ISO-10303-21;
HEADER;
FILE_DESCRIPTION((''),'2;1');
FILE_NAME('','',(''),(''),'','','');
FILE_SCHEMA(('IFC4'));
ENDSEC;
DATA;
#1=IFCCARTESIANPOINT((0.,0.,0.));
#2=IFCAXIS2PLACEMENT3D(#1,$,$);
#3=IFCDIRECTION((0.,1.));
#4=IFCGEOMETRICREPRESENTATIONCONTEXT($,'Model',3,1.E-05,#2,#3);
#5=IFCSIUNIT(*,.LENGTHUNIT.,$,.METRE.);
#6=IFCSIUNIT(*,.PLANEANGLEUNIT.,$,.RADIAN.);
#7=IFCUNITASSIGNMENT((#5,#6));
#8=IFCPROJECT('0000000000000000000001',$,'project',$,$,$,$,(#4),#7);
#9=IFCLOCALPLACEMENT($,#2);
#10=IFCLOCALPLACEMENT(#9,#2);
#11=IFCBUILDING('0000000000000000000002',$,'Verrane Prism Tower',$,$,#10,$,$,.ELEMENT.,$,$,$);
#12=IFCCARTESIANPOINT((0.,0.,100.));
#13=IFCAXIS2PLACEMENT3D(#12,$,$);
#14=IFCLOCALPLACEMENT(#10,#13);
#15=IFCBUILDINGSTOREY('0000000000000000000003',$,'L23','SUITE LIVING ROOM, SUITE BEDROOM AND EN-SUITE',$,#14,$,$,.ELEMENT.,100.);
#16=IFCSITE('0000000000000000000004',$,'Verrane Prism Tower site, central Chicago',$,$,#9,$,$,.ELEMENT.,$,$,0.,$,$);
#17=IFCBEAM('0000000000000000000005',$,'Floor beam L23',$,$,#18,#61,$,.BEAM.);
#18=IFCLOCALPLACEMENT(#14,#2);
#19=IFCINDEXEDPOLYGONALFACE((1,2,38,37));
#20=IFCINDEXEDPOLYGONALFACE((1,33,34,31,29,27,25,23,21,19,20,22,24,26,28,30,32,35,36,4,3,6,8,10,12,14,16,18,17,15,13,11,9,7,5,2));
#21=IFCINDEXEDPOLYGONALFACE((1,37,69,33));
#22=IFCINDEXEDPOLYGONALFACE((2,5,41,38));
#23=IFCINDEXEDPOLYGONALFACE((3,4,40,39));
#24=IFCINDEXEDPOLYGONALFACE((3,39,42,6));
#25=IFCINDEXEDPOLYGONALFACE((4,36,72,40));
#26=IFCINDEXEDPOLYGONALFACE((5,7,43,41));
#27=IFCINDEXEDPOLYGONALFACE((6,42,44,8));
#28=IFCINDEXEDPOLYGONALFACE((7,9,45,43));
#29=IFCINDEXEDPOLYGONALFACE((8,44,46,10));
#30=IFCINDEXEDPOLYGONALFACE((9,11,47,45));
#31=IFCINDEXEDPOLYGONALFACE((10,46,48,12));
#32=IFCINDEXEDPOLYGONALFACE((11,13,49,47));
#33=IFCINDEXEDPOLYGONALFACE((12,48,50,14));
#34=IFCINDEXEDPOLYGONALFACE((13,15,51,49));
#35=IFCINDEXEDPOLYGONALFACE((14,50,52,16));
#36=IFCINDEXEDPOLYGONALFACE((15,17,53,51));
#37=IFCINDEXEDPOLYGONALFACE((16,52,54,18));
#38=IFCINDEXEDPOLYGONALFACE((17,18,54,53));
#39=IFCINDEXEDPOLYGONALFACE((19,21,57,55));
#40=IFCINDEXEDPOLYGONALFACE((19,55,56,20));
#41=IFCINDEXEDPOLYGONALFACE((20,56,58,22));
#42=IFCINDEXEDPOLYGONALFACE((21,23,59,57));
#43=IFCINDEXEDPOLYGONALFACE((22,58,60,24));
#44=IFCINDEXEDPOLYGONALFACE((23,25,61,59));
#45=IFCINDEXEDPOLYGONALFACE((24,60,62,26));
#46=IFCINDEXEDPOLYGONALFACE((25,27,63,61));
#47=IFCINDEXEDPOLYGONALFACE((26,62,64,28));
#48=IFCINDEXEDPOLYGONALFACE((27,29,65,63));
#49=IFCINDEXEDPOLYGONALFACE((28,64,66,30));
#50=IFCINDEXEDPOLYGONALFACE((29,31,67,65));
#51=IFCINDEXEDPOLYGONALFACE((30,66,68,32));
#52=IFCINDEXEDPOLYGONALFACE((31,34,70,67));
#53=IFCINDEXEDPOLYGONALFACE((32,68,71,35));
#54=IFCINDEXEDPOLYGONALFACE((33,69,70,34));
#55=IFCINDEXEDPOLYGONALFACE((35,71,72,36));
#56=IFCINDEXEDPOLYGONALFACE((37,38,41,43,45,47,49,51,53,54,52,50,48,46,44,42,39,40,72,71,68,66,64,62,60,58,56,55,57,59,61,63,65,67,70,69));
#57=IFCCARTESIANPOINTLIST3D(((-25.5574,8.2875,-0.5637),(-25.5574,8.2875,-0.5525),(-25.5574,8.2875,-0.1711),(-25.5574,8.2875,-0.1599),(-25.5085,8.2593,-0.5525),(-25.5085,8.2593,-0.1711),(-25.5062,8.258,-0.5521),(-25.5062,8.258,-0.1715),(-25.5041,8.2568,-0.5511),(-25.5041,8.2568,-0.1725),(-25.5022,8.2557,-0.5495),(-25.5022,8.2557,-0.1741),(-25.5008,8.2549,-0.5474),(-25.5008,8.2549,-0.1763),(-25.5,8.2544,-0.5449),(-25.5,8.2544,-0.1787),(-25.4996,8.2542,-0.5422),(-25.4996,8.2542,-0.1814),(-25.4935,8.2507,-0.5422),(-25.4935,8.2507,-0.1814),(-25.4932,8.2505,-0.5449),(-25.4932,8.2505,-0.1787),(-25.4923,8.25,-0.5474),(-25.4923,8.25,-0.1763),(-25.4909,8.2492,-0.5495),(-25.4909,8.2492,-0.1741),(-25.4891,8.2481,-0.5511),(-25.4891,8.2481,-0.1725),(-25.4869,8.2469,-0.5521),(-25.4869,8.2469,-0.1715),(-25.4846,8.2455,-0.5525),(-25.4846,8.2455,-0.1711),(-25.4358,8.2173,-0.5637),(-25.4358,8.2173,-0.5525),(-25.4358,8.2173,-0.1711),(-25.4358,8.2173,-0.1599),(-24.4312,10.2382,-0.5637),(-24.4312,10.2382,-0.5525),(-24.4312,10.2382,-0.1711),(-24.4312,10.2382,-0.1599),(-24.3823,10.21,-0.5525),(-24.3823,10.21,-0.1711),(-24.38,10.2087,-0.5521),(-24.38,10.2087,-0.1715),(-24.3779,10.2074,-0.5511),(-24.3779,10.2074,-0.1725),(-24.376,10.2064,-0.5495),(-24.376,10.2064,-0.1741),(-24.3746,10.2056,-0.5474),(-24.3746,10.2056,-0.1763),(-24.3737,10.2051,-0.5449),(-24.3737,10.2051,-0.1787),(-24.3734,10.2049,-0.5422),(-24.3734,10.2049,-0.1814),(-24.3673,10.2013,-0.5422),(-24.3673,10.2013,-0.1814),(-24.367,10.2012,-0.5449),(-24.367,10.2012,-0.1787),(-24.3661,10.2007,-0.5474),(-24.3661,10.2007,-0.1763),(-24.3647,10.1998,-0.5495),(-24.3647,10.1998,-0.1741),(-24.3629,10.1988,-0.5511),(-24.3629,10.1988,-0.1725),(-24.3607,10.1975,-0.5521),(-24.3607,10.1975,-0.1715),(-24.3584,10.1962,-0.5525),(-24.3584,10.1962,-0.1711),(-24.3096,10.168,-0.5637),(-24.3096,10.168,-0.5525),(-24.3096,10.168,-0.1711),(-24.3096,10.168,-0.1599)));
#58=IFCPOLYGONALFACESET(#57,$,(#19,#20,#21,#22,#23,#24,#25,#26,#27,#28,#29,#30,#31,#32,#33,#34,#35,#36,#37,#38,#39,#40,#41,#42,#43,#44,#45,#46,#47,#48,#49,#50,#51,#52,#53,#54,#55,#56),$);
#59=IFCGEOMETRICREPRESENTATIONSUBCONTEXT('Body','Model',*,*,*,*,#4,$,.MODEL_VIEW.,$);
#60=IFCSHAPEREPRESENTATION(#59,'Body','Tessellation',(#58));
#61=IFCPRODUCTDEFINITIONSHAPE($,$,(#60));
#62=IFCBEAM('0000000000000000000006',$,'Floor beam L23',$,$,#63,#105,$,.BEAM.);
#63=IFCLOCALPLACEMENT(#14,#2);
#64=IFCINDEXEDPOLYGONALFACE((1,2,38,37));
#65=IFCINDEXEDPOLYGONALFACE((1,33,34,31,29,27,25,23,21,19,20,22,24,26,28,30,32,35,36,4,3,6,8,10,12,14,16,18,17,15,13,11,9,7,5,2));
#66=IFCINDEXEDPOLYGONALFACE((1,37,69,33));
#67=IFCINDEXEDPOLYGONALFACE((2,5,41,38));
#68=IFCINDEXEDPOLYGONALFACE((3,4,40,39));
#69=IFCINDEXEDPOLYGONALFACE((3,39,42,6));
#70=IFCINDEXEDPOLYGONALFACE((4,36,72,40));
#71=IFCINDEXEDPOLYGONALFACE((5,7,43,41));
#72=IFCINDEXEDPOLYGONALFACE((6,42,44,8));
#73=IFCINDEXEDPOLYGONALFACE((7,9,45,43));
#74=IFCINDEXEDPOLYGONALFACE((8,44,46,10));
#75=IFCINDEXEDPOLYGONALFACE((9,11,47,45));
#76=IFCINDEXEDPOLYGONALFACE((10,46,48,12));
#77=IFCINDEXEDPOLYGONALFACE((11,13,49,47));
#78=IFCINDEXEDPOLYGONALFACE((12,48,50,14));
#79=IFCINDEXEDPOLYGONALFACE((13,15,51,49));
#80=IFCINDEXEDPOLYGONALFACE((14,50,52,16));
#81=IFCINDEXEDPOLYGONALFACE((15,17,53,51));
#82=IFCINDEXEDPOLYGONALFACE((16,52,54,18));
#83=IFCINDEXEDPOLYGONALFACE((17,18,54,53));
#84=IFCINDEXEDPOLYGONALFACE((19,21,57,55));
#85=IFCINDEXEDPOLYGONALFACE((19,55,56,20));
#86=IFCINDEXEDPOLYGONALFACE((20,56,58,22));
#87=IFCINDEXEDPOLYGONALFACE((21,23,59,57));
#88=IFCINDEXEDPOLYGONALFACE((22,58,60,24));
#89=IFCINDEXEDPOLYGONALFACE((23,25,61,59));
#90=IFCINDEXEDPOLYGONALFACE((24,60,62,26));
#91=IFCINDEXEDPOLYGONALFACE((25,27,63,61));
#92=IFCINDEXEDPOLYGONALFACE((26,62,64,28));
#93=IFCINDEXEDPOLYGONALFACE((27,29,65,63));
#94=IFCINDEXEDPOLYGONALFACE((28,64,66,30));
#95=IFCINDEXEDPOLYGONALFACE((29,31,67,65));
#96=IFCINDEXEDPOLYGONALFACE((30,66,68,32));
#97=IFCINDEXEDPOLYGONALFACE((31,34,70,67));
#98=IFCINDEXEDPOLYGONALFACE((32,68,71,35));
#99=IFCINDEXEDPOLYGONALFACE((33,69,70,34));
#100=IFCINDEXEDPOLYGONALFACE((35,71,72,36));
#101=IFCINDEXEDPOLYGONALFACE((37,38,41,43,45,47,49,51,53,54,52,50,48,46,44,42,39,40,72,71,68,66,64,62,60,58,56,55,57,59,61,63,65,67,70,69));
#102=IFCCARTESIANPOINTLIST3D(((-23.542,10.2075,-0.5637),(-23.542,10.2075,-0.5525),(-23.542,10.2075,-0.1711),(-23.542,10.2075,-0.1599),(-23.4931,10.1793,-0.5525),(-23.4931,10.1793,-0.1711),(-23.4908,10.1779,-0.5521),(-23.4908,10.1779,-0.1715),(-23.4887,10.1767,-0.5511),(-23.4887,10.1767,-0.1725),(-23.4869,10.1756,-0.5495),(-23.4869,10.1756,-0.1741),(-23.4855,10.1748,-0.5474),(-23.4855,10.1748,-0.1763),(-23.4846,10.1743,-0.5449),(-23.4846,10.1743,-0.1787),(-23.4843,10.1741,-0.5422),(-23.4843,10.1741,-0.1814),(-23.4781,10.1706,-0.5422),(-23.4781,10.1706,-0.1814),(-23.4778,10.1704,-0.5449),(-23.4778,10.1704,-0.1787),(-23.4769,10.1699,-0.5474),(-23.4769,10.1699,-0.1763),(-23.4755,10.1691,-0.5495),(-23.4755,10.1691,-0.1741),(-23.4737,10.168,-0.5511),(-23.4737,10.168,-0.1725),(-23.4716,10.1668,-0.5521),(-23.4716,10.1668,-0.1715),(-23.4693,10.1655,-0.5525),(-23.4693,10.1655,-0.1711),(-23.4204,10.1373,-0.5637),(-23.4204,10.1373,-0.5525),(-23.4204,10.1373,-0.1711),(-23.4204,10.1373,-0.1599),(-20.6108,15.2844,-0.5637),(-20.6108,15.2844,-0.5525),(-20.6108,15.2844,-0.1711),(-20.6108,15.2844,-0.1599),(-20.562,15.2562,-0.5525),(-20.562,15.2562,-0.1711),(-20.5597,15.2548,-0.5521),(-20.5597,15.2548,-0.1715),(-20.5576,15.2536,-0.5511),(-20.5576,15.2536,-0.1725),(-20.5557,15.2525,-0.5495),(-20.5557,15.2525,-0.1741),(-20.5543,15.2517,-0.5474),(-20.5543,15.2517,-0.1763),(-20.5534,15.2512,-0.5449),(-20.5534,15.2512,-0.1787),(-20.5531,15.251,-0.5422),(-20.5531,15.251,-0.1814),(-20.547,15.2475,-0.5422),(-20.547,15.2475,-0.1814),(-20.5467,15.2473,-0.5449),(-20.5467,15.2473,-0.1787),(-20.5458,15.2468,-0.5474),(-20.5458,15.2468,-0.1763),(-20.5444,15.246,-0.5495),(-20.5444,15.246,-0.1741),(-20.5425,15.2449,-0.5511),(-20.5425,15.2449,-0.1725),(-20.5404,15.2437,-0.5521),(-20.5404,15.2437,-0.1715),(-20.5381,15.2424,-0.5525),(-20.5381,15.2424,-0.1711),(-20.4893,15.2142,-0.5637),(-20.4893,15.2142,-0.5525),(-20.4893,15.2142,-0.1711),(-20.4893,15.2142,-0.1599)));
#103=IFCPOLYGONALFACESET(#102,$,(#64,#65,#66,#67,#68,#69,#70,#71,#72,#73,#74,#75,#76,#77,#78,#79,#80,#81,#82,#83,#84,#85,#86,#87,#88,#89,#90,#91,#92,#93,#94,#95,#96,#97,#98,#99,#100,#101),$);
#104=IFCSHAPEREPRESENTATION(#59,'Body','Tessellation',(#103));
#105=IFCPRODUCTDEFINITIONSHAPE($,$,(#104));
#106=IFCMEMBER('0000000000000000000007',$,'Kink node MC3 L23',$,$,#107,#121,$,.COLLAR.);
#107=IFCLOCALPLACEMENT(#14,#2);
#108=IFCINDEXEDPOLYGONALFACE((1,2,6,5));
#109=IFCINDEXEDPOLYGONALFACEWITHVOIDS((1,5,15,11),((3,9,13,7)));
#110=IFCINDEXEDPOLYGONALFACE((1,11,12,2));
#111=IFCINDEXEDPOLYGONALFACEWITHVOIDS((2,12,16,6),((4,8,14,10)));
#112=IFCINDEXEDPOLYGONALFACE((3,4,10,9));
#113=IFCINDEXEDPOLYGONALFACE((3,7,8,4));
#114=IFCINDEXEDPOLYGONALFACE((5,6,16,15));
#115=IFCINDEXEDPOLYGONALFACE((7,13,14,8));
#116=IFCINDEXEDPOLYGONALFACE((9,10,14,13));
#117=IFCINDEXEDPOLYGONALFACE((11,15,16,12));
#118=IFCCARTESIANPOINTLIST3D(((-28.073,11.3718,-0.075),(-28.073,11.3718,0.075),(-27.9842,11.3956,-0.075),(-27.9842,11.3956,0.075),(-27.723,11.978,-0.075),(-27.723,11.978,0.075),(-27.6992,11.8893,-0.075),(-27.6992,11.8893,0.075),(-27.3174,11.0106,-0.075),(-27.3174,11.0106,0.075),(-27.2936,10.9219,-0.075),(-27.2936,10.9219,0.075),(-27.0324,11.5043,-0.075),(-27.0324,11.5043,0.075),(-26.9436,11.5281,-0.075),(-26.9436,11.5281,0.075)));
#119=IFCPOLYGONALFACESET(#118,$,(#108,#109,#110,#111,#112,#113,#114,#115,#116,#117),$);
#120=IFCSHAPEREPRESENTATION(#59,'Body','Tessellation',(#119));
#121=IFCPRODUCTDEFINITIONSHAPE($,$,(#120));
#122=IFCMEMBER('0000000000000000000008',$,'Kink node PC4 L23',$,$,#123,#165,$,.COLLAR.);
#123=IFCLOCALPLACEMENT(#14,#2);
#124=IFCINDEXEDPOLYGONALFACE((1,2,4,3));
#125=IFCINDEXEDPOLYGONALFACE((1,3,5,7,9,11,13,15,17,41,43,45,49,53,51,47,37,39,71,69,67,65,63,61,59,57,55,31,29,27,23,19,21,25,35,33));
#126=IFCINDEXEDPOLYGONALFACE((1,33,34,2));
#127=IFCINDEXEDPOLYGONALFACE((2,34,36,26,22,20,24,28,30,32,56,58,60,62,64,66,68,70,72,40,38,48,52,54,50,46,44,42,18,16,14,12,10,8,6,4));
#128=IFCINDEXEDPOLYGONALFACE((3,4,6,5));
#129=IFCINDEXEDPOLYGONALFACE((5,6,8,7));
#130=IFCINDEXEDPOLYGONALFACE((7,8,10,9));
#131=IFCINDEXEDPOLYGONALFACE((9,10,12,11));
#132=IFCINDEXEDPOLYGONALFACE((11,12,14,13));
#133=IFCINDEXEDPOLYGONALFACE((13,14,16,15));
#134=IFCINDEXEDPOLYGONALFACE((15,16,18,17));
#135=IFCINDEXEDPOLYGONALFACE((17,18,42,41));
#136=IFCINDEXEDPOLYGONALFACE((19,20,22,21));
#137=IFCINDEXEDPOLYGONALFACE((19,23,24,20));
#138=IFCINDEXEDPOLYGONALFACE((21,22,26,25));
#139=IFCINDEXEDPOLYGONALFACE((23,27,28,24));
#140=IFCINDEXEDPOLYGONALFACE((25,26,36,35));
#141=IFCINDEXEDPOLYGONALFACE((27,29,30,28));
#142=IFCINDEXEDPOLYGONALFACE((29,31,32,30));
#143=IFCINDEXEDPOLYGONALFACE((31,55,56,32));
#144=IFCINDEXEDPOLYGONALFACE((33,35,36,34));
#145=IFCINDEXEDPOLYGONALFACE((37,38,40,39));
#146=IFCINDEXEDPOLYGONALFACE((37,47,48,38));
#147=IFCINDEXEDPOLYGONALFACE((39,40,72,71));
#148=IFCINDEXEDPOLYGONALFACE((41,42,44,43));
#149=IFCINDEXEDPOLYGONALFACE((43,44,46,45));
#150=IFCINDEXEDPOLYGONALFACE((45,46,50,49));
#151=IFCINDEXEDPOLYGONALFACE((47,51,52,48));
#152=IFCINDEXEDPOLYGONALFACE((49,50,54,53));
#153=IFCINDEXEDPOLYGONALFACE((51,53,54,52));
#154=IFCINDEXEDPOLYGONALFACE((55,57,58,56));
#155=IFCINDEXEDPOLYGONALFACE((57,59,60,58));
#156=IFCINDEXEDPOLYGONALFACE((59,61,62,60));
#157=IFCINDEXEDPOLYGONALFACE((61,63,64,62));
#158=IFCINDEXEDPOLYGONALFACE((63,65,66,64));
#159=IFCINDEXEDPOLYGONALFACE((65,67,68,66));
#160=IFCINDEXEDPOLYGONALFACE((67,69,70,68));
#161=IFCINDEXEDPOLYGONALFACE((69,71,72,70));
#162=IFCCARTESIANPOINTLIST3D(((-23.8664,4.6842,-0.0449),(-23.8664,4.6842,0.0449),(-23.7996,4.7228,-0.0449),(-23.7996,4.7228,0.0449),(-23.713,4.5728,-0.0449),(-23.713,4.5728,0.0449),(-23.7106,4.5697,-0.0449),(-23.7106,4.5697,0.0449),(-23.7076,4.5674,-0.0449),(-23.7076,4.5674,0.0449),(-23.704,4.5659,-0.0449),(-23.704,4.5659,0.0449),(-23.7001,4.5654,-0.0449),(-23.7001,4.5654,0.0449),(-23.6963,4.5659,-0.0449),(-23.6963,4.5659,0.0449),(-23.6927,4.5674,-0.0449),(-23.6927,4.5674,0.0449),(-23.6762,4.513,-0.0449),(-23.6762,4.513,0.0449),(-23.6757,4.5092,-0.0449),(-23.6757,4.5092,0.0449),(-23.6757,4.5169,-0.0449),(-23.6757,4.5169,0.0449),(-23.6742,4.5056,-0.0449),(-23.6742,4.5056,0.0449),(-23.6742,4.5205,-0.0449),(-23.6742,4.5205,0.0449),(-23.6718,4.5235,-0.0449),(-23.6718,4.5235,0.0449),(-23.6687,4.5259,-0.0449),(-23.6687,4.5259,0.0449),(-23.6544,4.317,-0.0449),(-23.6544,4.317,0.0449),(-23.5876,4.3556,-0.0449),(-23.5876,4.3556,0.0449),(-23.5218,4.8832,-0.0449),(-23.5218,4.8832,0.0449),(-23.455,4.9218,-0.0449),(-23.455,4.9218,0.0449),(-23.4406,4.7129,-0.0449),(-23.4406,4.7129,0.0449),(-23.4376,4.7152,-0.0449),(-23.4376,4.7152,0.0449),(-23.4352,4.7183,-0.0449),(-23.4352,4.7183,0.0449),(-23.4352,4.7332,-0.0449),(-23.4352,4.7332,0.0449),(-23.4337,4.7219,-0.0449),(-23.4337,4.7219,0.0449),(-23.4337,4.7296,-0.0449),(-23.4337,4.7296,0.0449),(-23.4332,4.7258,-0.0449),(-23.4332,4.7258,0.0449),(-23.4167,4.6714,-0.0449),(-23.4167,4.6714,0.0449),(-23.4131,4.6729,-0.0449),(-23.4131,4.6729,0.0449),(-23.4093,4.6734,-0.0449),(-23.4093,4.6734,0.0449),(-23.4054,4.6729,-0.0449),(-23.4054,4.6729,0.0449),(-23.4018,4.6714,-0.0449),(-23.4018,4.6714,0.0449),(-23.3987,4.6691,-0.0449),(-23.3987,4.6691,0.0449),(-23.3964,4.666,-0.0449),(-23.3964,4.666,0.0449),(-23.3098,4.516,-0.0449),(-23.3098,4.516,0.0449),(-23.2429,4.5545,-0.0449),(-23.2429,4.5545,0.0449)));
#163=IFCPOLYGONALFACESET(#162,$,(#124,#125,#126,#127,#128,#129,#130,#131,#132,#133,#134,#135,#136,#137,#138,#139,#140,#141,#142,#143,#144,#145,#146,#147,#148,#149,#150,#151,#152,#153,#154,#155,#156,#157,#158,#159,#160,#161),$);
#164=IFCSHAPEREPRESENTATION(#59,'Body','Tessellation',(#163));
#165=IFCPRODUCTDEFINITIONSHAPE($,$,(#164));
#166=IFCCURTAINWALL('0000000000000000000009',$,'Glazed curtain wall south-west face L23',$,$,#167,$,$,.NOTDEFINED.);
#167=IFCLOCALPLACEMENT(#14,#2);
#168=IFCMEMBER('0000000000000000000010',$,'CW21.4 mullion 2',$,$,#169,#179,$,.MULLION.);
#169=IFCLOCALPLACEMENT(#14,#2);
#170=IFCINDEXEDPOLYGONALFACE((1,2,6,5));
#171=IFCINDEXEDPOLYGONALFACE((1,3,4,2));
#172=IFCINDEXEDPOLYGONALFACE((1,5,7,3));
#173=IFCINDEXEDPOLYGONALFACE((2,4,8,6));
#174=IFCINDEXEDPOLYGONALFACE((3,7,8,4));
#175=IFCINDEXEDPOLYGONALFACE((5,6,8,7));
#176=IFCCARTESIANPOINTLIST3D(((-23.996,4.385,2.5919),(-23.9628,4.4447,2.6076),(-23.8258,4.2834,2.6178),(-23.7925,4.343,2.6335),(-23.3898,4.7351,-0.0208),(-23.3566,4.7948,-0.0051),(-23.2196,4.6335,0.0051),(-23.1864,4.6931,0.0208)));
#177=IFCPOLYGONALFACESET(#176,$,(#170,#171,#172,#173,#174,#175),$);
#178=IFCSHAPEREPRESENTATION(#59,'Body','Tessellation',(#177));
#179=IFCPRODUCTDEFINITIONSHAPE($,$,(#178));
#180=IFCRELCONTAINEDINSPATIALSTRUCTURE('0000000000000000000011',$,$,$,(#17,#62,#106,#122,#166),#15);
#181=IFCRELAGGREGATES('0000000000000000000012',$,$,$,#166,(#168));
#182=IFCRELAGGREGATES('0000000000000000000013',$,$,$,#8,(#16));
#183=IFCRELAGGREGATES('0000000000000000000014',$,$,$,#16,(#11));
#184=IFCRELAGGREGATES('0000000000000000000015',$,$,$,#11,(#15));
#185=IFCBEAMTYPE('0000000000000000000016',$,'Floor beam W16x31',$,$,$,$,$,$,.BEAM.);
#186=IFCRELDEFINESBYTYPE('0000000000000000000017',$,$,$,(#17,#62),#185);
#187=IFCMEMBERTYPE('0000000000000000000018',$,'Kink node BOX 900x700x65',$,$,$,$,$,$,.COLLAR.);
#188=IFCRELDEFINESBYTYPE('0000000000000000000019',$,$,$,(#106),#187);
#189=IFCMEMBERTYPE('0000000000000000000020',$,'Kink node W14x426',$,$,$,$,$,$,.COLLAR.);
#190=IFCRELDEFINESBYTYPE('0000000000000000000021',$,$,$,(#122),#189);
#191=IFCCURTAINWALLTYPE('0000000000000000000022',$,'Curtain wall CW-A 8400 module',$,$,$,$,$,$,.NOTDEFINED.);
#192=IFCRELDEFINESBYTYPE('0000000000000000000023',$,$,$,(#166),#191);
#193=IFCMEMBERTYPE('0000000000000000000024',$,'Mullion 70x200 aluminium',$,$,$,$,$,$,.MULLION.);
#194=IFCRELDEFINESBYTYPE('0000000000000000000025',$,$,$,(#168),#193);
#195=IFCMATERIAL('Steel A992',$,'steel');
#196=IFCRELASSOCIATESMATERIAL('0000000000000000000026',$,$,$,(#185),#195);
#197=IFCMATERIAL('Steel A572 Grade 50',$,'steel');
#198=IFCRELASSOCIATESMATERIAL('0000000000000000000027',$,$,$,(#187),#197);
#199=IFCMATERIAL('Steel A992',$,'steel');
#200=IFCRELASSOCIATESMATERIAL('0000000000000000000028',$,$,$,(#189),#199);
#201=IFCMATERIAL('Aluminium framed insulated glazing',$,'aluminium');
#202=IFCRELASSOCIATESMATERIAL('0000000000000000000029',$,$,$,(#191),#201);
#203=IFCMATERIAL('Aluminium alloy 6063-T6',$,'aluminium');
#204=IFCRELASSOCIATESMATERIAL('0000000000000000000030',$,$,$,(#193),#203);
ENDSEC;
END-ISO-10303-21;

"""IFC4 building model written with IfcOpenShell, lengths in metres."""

from ifc_helpers import new_model, si_unit, direction, frame, origin, origin_2d, place, context, subcontext, project, spatial, rectangle, hollow_rectangle, i_section, extrude, material, material_profile, profile_set, type_object, element, aggregate, save


model = new_model("IFC4")

# Units and contexts
model_context = context("Model", 3, precision=1e-05, world=origin(), true_north=direction((0.0, 1.0)))
body_context = subcontext(model_context, "Body", "Model", "MODEL_VIEW")
ifc_project = project(units=[si_unit("LENGTHUNIT", "METRE"), si_unit("PLANEANGLEUNIT", "RADIAN")], contexts=[model_context])

# Site, building, storey
site_placement = place(None, origin())
site = spatial("IfcSite", under=ifc_project, at=site_placement, Name="Verrane Prism Tower site, central Chicago", CompositionType="ELEMENT", RefElevation=0.0)
building_placement = place(site_placement, origin())
building = spatial("IfcBuilding", under=site, at=building_placement, Name="Verrane Prism Tower", CompositionType="ELEMENT")
storey_placement = place(building_placement, frame((0.0, 0.0, 100.0)))
storey = spatial("IfcBuildingStorey", under=building, at=storey_placement, Name="L23", Description="SUITE LIVING ROOM, SUITE BEDROOM AND EN-SUITE", CompositionType="ELEMENT", Elevation=100.0)

# Beams
ifc_material_1 = material(Name="Steel A992", Category="steel")
ifc_material_profile_1 = material_profile(ifc_material_1, i_section(OverallWidth=0.1404, OverallDepth=0.4038, WebThickness=0.0071, FlangeThickness=0.0112, FilletRadius=0.0103, at=origin_2d()), Name="W16x31")
ifc_profile_set_1 = profile_set([ifc_material_profile_1], Name="Steel A992")
beam_type_1 = type_object("IfcBeamType", Name="Floor beam W16x31", PredefinedType="BEAM", material=ifc_profile_set_1)
beam_1_placement = place(storey_placement, frame((-25.4966, 8.2524, -0.3618), z_axis=(0.499998, 0.866027, 0.0), x_axis=(-0.866027, 0.499998, 0.0)))
element("IfcBeam", 1, at=beam_1_placement, inside=storey, type_object=beam_type_1, Name="Floor beam L23", PredefinedType="BEAM", context=body_context, shape_type="SweptSolid", body=[
    extrude(i_section(OverallWidth=0.1404, OverallDepth=0.4038, WebThickness=0.0071, FlangeThickness=0.0112, FilletRadius=0.0103, at=origin_2d()), origin(), (0.0, 0.0, 1.0), 2.2524),
])
beam_2_placement = place(storey_placement, frame((-23.4812, 10.1724, -0.3618), z_axis=(0.5, 0.866025, 0.0), x_axis=(-0.866025, 0.5, 0.0)))
element("IfcBeam", 2, at=beam_2_placement, inside=storey, type_object=beam_type_1, Name="Floor beam L23", PredefinedType="BEAM", context=body_context, shape_type="SweptSolid", body=[
    extrude(i_section(OverallWidth=0.1404, OverallDepth=0.4038, WebThickness=0.0071, FlangeThickness=0.0112, FilletRadius=0.0103, at=origin_2d()), origin(), (0.0, 0.0, 1.0), 5.8623),
])

# Members
ifc_material_2 = material(Name="Steel A572 Grade 50", Category="steel")
ifc_material_profile_2 = material_profile(ifc_material_2, hollow_rectangle(XDim=0.7, YDim=0.8999, WallThickness=0.0649, at=origin_2d()), Name="BOX 900x700x65")
ifc_profile_set_2 = profile_set([ifc_material_profile_2], Name="Steel A572 Grade 50")
member_type_1 = type_object("IfcMemberType", Name="Kink node BOX 900x700x65", PredefinedType="COLLAR", material=ifc_profile_set_2)
member_1_placement = place(storey_placement, frame((-27.5083, 11.45, -0.075), z_axis=(0.0, 0.0, 1.0), x_axis=(0.5, 0.866025, 0.0)))
element("IfcMember", 3, at=member_1_placement, inside=storey, type_object=member_type_1, Name="Kink node MC3 L23", PredefinedType="COLLAR", context=body_context, shape_type="SweptSolid", body=[
    extrude(hollow_rectangle(XDim=0.7, YDim=0.8999, WallThickness=0.0649, at=origin_2d()), origin(), (0.0, 0.0, 1.0), 0.1499),
])
ifc_material_3 = material(Name="Steel A992", Category="steel")
ifc_material_profile_3 = material_profile(ifc_material_3, i_section(OverallWidth=0.4241, OverallDepth=0.4751, WebThickness=0.0479, FlangeThickness=0.0771, FilletRadius=0.0149, at=origin_2d()), Name="W14x426")
ifc_profile_set_3 = profile_set([ifc_material_profile_3], Name="Steel A992")
member_type_2 = type_object("IfcMemberType", Name="Kink node W14x426", PredefinedType="COLLAR", material=ifc_profile_set_3)
member_2_placement = place(storey_placement, frame((-23.5547, 4.6194, -0.0449), z_axis=(0.0, 0.0, 1.0), x_axis=(-0.5, 0.866025, 0.0)))
element("IfcMember", 4, at=member_2_placement, inside=storey, type_object=member_type_2, Name="Kink node PC4 L23", PredefinedType="COLLAR", context=body_context, shape_type="SweptSolid", body=[
    extrude(i_section(OverallWidth=0.4241, OverallDepth=0.4751, WebThickness=0.0479, FlangeThickness=0.0771, FilletRadius=0.0149, at=origin_2d()), origin(), (0.0, 0.0, 1.0), 0.0898),
])

# Curtain wall, member
ifc_material_4 = material(Name="Aluminium framed insulated glazing", Category="aluminium")
curtain_wall_type = type_object("IfcCurtainWallType", Name="Curtain wall CW-A 8400 module", PredefinedType="NOTDEFINED", material=ifc_material_4)
curtain_wall_placement = place(storey_placement, origin())
curtain_wall = element("IfcCurtainWall", 5, at=curtain_wall_placement, inside=storey, type_object=curtain_wall_type, Name="Glazed curtain wall south-west face L23", PredefinedType="NOTDEFINED")
ifc_material_5 = material(Name="Aluminium alloy 6063-T6", Category="aluminium")
ifc_material_profile_4 = material_profile(ifc_material_5, rectangle(XDim=0.2, YDim=0.0701, at=origin_2d()), Name="Mullion 70x200 aluminium")
ifc_profile_set_4 = profile_set([ifc_material_profile_4], Name="Aluminium alloy 6063-T6")
member_type_3 = type_object("IfcMemberType", Name="Mullion 70x200 aluminium", PredefinedType="MULLION", material=ifc_profile_set_4)
member_3_placement = place(storey_placement, frame((-23.2881, 4.7141, 0.0), z_axis=(-0.224108, -0.129429, 0.965931), x_axis=(0.851341, -0.508405, 0.129399)))
member_3 = element("IfcMember", 6, at=member_3_placement, type_object=member_type_3, Name="CW21.4 mullion 2", PredefinedType="MULLION", context=body_context, shape_type="SweptSolid", body=[
    extrude(rectangle(XDim=0.2, YDim=0.0701, at=origin_2d()), origin(), (0.0, 0.0, 1.0), 2.7048),
])

aggregate(curtain_wall, [member_3])

save(model, "model.ifc")
